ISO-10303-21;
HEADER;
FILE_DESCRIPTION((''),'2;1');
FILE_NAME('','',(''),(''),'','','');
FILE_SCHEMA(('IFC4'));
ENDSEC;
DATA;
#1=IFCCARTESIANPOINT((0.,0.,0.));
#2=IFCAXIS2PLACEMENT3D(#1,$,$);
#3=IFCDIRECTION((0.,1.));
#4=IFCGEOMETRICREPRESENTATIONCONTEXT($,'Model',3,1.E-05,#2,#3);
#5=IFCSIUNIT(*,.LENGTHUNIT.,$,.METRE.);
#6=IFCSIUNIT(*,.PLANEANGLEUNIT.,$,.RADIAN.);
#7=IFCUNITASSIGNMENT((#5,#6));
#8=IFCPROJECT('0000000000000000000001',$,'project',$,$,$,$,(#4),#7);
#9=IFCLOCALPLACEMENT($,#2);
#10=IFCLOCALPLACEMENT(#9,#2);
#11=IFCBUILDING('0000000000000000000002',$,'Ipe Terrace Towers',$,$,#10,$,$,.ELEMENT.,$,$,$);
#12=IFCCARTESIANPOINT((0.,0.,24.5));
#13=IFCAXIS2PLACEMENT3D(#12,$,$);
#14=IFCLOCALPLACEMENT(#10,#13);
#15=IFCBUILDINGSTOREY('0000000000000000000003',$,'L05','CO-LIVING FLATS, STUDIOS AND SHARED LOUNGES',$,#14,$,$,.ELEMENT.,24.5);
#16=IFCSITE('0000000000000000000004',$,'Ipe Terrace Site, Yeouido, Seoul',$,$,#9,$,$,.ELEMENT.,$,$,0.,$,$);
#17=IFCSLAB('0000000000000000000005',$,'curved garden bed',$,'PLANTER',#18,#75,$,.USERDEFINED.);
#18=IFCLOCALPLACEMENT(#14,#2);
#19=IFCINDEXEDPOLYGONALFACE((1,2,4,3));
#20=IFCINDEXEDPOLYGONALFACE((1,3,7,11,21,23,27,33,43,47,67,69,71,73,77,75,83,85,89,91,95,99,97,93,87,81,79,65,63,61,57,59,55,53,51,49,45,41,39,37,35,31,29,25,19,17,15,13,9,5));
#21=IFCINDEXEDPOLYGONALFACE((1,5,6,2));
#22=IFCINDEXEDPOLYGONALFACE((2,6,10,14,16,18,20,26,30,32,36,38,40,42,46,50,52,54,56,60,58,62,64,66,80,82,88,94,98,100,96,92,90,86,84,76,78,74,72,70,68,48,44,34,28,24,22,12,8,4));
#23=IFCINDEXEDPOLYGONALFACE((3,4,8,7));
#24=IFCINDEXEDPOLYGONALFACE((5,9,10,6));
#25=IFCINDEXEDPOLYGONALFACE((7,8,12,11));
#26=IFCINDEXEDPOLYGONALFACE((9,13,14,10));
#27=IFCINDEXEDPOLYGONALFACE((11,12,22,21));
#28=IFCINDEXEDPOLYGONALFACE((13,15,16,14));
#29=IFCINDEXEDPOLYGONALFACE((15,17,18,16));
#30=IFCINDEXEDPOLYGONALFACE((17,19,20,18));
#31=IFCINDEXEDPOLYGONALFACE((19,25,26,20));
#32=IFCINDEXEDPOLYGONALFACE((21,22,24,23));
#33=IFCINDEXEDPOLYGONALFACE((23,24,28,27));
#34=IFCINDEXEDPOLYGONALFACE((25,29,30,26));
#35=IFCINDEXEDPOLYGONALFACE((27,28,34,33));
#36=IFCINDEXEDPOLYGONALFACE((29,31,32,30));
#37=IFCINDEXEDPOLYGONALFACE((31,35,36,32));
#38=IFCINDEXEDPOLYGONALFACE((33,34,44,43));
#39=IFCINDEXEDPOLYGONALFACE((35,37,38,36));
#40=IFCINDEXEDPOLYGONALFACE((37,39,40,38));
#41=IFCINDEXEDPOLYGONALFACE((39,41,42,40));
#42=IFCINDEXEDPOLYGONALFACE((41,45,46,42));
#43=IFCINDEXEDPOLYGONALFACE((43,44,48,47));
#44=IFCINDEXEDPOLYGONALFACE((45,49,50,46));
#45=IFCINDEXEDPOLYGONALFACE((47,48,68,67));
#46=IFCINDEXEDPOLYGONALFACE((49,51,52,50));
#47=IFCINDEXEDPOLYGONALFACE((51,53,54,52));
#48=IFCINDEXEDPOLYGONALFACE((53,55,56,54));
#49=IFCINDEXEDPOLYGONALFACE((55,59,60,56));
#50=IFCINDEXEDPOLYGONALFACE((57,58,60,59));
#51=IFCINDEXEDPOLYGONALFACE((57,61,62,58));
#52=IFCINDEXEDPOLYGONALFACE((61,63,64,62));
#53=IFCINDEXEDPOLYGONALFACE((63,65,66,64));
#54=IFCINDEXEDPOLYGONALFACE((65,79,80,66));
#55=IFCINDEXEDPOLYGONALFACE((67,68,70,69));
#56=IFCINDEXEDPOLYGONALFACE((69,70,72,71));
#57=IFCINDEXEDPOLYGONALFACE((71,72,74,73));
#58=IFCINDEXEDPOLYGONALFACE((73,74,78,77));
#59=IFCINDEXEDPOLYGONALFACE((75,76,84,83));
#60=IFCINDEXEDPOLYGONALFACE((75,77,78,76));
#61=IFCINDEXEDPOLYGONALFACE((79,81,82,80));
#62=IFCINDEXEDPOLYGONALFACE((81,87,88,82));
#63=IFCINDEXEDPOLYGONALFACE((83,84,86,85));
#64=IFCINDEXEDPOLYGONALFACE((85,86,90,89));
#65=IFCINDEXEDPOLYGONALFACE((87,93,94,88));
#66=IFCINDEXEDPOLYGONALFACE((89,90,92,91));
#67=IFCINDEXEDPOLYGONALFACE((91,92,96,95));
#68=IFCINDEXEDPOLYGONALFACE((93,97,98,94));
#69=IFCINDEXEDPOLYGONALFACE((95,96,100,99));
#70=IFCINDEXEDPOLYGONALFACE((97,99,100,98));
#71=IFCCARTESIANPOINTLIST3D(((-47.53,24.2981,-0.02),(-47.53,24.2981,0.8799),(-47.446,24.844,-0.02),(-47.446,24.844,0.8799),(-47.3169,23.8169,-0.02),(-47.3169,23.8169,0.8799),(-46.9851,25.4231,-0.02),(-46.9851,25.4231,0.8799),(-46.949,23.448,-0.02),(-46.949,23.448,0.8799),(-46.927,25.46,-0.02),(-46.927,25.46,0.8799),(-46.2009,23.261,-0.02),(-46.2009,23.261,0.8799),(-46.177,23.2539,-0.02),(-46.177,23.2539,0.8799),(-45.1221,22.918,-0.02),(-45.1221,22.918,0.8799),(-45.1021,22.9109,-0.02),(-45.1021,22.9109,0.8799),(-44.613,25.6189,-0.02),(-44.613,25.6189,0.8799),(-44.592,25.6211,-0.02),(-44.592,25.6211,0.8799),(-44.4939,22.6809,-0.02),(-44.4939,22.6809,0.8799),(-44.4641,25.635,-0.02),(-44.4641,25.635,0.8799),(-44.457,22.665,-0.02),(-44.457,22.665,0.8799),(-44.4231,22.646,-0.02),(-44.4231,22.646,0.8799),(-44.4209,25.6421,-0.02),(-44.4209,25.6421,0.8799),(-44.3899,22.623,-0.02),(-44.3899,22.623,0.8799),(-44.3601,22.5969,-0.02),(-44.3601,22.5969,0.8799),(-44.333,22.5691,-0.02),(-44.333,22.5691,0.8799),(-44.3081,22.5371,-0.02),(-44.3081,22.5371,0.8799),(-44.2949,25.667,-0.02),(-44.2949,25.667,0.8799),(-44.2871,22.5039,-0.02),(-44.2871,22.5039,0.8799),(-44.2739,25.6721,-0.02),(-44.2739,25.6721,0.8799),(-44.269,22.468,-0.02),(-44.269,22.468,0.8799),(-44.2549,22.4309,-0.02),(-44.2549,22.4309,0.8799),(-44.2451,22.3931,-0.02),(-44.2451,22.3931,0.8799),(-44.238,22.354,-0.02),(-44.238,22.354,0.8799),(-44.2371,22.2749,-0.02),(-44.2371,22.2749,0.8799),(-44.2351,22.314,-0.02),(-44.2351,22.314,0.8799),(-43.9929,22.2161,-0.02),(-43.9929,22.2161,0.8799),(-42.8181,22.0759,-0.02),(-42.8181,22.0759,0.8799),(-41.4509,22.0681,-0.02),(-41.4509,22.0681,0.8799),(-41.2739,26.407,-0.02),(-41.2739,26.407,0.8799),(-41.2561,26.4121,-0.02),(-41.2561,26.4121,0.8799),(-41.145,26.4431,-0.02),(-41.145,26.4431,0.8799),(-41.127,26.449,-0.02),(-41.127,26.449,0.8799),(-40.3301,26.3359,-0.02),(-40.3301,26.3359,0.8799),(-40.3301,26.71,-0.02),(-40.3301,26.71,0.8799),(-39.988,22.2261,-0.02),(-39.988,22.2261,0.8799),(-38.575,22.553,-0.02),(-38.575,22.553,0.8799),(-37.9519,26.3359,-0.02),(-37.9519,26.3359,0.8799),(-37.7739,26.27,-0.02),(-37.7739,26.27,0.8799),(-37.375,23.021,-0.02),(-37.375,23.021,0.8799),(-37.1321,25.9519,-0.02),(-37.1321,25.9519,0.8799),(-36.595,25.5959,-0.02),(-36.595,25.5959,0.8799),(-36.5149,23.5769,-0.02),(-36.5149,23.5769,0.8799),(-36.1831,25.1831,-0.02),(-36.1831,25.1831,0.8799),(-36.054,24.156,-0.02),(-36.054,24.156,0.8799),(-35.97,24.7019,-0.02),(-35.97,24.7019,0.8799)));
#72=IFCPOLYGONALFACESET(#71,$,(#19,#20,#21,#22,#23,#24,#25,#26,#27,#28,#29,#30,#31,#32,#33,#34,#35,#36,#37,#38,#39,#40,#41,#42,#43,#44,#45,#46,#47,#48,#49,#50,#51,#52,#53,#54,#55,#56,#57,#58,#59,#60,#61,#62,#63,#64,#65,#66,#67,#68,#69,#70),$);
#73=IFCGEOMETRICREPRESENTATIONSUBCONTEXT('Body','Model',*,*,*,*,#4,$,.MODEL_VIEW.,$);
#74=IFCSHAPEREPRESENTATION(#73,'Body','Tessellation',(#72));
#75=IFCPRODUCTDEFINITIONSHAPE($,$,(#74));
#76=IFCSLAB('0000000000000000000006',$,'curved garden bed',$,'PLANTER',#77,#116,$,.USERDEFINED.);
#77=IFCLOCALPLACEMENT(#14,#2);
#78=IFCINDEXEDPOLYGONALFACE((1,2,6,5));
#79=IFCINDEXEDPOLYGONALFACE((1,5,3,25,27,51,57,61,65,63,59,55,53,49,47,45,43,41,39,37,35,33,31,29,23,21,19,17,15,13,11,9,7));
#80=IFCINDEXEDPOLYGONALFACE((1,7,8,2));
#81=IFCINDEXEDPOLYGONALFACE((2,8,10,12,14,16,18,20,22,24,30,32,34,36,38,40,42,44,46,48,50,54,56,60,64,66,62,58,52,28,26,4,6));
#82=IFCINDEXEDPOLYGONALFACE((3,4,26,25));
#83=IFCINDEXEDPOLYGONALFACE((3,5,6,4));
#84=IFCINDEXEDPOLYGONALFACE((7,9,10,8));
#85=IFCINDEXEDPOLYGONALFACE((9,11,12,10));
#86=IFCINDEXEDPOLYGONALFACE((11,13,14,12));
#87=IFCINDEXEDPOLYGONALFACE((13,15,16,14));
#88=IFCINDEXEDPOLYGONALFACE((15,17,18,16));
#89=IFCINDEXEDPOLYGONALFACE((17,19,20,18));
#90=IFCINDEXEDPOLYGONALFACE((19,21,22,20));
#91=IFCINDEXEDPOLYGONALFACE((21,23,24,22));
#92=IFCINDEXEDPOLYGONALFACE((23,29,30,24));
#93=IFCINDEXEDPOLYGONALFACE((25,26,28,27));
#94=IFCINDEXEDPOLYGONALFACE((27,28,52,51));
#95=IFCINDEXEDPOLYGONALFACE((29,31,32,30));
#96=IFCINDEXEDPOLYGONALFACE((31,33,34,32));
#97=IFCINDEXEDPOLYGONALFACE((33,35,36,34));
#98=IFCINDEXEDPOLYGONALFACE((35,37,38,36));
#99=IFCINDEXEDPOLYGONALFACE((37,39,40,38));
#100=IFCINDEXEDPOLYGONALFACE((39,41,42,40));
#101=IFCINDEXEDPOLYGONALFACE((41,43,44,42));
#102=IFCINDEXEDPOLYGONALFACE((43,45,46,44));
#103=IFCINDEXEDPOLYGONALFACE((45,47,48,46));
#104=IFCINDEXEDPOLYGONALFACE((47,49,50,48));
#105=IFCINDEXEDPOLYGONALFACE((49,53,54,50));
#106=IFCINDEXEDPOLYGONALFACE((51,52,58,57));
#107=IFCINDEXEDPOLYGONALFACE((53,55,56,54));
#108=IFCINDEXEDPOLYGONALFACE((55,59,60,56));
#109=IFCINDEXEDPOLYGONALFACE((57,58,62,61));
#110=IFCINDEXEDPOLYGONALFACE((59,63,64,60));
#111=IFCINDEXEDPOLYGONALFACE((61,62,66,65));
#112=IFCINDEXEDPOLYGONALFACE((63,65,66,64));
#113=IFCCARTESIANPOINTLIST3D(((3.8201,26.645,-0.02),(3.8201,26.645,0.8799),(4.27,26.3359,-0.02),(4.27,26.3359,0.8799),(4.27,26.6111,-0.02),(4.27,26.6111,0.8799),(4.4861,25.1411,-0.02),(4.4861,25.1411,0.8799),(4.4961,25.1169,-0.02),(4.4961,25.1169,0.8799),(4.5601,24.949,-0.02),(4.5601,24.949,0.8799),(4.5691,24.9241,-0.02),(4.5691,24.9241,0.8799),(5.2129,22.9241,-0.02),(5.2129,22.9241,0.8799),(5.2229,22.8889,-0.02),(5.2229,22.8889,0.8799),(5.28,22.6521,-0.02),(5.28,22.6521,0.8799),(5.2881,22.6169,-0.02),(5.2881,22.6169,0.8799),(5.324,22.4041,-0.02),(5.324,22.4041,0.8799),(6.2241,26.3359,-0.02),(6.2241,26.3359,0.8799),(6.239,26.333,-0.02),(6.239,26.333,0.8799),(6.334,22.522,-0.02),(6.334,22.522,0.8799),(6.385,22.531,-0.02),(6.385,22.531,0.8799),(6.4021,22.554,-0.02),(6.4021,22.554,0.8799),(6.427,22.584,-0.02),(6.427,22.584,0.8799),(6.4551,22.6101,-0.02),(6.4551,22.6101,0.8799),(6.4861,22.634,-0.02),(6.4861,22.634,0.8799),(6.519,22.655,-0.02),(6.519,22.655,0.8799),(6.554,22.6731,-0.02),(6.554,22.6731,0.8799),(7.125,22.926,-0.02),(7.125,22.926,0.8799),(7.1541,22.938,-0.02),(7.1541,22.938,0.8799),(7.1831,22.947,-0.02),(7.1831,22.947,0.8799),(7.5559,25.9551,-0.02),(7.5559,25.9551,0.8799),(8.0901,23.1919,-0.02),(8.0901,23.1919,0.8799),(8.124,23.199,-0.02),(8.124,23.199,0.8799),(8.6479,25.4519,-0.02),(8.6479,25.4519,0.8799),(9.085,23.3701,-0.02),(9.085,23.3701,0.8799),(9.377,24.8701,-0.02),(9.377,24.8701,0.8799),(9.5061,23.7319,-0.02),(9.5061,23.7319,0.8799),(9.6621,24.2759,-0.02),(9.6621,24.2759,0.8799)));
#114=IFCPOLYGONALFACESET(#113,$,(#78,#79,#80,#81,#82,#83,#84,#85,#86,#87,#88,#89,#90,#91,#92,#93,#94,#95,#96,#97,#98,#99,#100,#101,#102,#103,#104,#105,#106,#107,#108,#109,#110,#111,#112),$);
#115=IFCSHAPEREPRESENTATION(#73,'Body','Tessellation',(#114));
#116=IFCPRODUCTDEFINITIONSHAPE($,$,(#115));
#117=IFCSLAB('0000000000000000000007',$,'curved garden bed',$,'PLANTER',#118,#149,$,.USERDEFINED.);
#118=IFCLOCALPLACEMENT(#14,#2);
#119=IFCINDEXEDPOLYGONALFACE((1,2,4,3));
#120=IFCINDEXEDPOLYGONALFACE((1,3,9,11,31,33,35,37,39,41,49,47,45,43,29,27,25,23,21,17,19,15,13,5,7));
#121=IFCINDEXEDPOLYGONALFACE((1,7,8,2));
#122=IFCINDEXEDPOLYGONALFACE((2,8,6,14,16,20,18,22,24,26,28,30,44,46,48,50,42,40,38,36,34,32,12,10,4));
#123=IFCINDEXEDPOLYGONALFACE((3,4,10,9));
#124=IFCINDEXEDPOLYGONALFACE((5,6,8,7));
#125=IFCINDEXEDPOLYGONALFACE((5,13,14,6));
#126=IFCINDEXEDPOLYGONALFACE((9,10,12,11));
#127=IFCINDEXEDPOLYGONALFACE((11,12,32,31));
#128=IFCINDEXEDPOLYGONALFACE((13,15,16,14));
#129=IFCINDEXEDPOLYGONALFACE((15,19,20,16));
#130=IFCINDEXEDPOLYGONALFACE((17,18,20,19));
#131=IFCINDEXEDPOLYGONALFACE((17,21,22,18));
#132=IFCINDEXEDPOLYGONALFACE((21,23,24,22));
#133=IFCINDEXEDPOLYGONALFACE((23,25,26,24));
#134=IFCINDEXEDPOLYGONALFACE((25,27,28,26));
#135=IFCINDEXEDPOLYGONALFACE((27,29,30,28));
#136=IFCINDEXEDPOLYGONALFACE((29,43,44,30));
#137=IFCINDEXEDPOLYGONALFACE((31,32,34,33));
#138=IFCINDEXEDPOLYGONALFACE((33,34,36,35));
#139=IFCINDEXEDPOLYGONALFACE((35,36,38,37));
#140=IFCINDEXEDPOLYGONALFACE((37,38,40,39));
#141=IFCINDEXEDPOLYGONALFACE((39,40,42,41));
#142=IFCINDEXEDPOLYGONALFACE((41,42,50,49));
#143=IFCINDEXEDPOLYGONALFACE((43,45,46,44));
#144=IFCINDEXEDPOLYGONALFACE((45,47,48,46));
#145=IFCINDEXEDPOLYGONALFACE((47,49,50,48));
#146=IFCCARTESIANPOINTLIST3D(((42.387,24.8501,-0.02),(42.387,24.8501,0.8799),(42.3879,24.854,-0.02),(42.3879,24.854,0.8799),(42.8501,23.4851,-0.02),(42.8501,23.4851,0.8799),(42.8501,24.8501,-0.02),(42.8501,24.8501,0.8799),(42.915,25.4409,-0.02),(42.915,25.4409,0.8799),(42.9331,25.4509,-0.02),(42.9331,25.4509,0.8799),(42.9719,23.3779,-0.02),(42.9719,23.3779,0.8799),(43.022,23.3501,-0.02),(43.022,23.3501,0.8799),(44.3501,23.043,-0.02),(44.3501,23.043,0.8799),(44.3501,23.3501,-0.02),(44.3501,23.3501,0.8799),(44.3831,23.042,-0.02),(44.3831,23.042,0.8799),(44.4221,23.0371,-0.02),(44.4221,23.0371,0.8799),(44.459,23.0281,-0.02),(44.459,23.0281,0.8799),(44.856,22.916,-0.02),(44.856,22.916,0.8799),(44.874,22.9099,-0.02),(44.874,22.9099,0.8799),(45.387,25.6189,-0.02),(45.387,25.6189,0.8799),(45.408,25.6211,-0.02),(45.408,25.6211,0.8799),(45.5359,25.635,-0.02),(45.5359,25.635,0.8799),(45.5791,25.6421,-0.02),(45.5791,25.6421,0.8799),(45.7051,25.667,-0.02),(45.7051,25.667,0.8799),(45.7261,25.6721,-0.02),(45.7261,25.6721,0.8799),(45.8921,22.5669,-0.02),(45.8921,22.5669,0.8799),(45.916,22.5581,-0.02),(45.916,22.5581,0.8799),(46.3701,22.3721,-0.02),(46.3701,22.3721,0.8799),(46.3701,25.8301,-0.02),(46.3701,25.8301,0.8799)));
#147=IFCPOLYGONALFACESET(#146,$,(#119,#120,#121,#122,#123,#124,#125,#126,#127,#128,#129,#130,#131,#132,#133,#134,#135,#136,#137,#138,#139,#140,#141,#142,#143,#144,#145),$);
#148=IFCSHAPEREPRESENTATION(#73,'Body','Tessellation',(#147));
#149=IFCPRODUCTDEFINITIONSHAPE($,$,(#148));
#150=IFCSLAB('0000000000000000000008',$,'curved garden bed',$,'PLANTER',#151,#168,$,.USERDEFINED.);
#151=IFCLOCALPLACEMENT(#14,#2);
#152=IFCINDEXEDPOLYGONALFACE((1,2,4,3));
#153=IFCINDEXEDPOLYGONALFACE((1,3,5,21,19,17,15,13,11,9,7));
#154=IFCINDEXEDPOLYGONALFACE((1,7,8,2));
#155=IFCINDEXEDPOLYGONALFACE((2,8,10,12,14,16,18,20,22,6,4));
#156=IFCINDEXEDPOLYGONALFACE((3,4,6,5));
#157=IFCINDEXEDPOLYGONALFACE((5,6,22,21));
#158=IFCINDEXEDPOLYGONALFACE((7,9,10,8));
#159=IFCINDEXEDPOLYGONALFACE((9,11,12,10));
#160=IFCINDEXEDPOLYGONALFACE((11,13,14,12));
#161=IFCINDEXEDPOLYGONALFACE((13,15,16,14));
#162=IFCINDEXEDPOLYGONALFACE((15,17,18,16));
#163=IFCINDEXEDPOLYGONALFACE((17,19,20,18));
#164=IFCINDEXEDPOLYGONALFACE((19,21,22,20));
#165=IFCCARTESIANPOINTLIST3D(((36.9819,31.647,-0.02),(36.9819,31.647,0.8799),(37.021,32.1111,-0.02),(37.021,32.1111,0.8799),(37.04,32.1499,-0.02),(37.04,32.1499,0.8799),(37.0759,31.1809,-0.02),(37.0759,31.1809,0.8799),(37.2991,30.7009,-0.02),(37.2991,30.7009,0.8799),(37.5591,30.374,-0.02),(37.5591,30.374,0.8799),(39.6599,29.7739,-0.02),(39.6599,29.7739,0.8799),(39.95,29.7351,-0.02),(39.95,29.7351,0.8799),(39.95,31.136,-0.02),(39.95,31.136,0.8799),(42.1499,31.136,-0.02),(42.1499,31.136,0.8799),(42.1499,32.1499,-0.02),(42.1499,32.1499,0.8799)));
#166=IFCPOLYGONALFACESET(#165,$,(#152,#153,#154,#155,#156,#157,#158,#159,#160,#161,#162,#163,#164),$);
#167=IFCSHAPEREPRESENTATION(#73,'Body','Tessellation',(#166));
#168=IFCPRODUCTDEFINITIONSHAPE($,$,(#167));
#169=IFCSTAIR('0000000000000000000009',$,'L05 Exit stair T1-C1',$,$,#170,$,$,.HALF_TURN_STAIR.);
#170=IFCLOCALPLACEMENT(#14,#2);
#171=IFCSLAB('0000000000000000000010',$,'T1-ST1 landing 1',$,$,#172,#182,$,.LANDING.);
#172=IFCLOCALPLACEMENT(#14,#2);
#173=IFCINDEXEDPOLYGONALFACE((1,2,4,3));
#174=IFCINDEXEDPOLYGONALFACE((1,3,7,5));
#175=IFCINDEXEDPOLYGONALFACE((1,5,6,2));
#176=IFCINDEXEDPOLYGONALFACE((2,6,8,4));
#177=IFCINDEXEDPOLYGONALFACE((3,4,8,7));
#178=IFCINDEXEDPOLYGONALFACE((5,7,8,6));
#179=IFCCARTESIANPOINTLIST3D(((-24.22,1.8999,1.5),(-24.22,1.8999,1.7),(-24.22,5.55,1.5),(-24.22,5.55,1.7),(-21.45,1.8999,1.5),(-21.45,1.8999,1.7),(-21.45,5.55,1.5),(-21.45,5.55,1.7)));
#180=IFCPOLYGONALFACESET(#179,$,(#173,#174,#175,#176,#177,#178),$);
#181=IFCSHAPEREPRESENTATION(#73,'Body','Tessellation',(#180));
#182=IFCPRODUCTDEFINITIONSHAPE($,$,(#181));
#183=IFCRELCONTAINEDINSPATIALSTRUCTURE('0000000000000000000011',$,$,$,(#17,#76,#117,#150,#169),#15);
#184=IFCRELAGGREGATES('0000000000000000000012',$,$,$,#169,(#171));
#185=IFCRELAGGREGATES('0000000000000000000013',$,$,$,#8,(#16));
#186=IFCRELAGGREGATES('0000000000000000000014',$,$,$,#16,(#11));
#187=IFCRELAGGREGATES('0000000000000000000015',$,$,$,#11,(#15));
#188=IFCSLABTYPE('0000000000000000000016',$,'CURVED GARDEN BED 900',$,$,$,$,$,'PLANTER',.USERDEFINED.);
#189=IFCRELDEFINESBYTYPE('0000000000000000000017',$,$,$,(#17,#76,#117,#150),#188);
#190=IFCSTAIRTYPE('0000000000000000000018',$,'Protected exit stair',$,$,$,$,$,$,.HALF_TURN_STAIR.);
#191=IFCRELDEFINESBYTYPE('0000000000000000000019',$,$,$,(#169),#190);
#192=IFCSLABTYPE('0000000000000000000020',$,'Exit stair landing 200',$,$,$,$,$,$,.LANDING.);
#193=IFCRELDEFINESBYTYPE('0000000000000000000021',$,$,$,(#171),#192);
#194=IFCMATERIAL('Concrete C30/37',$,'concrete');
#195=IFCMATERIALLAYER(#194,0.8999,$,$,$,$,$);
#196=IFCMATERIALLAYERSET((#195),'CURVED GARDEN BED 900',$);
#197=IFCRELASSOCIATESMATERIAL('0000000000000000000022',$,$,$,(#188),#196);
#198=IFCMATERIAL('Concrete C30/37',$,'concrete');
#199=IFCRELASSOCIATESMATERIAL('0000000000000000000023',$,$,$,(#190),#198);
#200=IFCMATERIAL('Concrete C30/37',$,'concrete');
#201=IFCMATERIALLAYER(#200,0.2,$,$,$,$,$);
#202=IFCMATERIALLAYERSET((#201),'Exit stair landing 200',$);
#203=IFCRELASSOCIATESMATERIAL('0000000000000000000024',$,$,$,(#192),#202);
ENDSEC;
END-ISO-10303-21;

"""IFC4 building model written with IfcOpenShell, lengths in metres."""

from ifc_helpers import new_model, si_unit, direction, frame, origin, place, context, subcontext, project, spatial, polyline, outline, extrude, material, layer, layer_set, type_object, element, aggregate, save


model = new_model("IFC4")

# Units and contexts
model_context = context("Model", 3, precision=1e-05, world=origin(), true_north=direction((0.0, 1.0)))
body_context = subcontext(model_context, "Body", "Model", "MODEL_VIEW")
ifc_project = project(units=[si_unit("LENGTHUNIT", "METRE"), si_unit("PLANEANGLEUNIT", "RADIAN")], contexts=[model_context])

# Site, building, storey
site_placement = place(None, origin())
site = spatial("IfcSite", under=ifc_project, at=site_placement, Name="Ipe Terrace Site, Yeouido, Seoul", CompositionType="ELEMENT", RefElevation=0.0)
building_placement = place(site_placement, origin())
building = spatial("IfcBuilding", under=site, at=building_placement, Name="Ipe Terrace Towers", CompositionType="ELEMENT")
storey_placement = place(building_placement, frame((0.0, 0.0, 24.5)))
storey = spatial("IfcBuildingStorey", under=building, at=storey_placement, Name="L05", Description="CO-LIVING FLATS, STUDIOS AND SHARED LOUNGES", CompositionType="ELEMENT", Elevation=24.5)

# Slabs
ifc_material_1 = material(Name="Concrete C30/37", Category="concrete")
ifc_layer_1 = layer(ifc_material_1, 0.8999)
ifc_layer_set_1 = layer_set([ifc_layer_1], Name="CURVED GARDEN BED 900")
slab_type_1 = type_object("IfcSlabType", Name="CURVED GARDEN BED 900", ElementType="PLANTER", PredefinedType="USERDEFINED", material=ifc_layer_set_1)
slab_1_placement = place(storey_placement, frame((0.0, 0.0, -0.02)))
element("IfcSlab", 1, at=slab_1_placement, inside=storey, type_object=slab_type_1, Name="curved garden bed", ObjectType="PLANTER", PredefinedType="USERDEFINED", context=body_context, shape_type="SweptSolid", body=[
    extrude(outline(polyline([(-36.595, 25.5959), (-36.1831, 25.1831), (-35.97, 24.7019), (-36.054, 24.156), (-36.5149, 23.5769), (-37.375, 23.021), (-38.575, 22.553), (-39.988, 22.2261), (-41.4509, 22.0681), (-42.8181, 22.0759), (-43.9929, 22.2161), (-44.2371, 22.2749), (-44.2351, 22.314), (-44.238, 22.354), (-44.2451, 22.3931), (-44.2549, 22.4309), (-44.269, 22.468), (-44.2871, 22.5039), (-44.3081, 22.5371), (-44.333, 22.5691), (-44.3601, 22.5969), (-44.3899, 22.623), (-44.4231, 22.646), (-44.457, 22.665), (-44.4939, 22.6809), (-45.1021, 22.9109), (-45.1221, 22.918), (-46.177, 23.2539), (-46.2009, 23.261), (-46.949, 23.448), (-47.3169, 23.8169), (-47.53, 24.2981), (-47.446, 24.844), (-46.9851, 25.4231), (-46.927, 25.46), (-44.613, 25.6189), (-44.592, 25.6211), (-44.4641, 25.635), (-44.4209, 25.6421), (-44.2949, 25.667), (-44.2739, 25.6721), (-41.2739, 26.407), (-41.2561, 26.4121), (-41.145, 26.4431), (-41.127, 26.449), (-40.3301, 26.71), (-40.3301, 26.3359), (-37.9519, 26.3359), (-37.7739, 26.27), (-37.1321, 25.9519), (-36.595, 25.5959)])), origin(), (0.0, 0.0, 1.0), 0.8999),
])
slab_2_placement = place(storey_placement, frame((0.0, 0.0, -0.02)))
element("IfcSlab", 2, at=slab_2_placement, inside=storey, type_object=slab_type_1, Name="curved garden bed", ObjectType="PLANTER", PredefinedType="USERDEFINED", context=body_context, shape_type="SweptSolid", body=[
    extrude(outline(polyline([(8.6479, 25.4519), (9.377, 24.8701), (9.6621, 24.2759), (9.5061, 23.7319), (9.085, 23.3701), (8.124, 23.199), (8.0901, 23.1919), (7.1831, 22.947), (7.1541, 22.938), (7.125, 22.926), (6.554, 22.6731), (6.519, 22.655), (6.4861, 22.634), (6.4551, 22.6101), (6.427, 22.584), (6.4021, 22.554), (6.385, 22.531), (6.334, 22.522), (5.324, 22.4041), (5.2881, 22.6169), (5.28, 22.6521), (5.2229, 22.8889), (5.2129, 22.9241), (4.5691, 24.9241), (4.5601, 24.949), (4.4961, 25.1169), (4.4861, 25.1411), (3.8201, 26.645), (4.27, 26.6111), (4.27, 26.3359), (6.2241, 26.3359), (6.239, 26.333), (7.5559, 25.9551), (8.6479, 25.4519)])), origin(), (0.0, 0.0, 1.0), 0.8999),
])
slab_3_placement = place(storey_placement, frame((0.0, 0.0, -0.02)))
element("IfcSlab", 3, at=slab_3_placement, inside=storey, type_object=slab_type_1, Name="curved garden bed", ObjectType="PLANTER", PredefinedType="USERDEFINED", context=body_context, shape_type="SweptSolid", body=[
    extrude(outline(polyline([(42.9331, 25.4509), (45.387, 25.6189), (45.408, 25.6211), (45.5359, 25.635), (45.5791, 25.6421), (45.7051, 25.667), (45.7261, 25.6721), (46.3701, 25.8301), (46.3701, 22.3721), (45.916, 22.5581), (45.8921, 22.5669), (44.874, 22.9099), (44.856, 22.916), (44.459, 23.0281), (44.4221, 23.0371), (44.3831, 23.042), (44.3501, 23.043), (44.3501, 23.3501), (43.022, 23.3501), (42.9719, 23.3779), (42.8501, 23.4851), (42.8501, 24.8501), (42.387, 24.8501), (42.3879, 24.854), (42.915, 25.4409), (42.9331, 25.4509)])), origin(), (0.0, 0.0, 1.0), 0.8999),
])
slab_4_placement = place(storey_placement, frame((0.0, 0.0, -0.02)))
element("IfcSlab", 4, at=slab_4_placement, inside=storey, type_object=slab_type_1, Name="curved garden bed", ObjectType="PLANTER", PredefinedType="USERDEFINED", context=body_context, shape_type="SweptSolid", body=[
    extrude(outline(polyline([(37.0759, 31.1809), (36.9819, 31.647), (37.021, 32.1111), (37.04, 32.1499), (42.1499, 32.1499), (42.1499, 31.136), (39.95, 31.136), (39.95, 29.7351), (39.6599, 29.7739), (37.5591, 30.374), (37.2991, 30.7009), (37.0759, 31.1809)])), origin(), (0.0, 0.0, 1.0), 0.8999),
])

# Stair, slab
ifc_material_2 = material(Name="Concrete C30/37", Category="concrete")
stair_type = type_object("IfcStairType", Name="Protected exit stair", PredefinedType="HALF_TURN_STAIR", material=ifc_material_2)
stair_1_placement = place(storey_placement, origin())
stair_1 = element("IfcStair", 5, at=stair_1_placement, inside=storey, type_object=stair_type, Name="L05 Exit stair T1-C1", PredefinedType="HALF_TURN_STAIR")
ifc_material_3 = material(Name="Concrete C30/37", Category="concrete")
ifc_layer_2 = layer(ifc_material_3, 0.2)
ifc_layer_set_2 = layer_set([ifc_layer_2], Name="Exit stair landing 200")
slab_type_2 = type_object("IfcSlabType", Name="Exit stair landing 200", PredefinedType="LANDING", material=ifc_layer_set_2)
slab_5_placement = place(storey_placement, frame((0.0, 0.0, 1.5)))
slab_5 = element("IfcSlab", 6, at=slab_5_placement, type_object=slab_type_2, Name="T1-ST1 landing 1", PredefinedType="LANDING", context=body_context, shape_type="SweptSolid", body=[
    extrude(outline(polyline([(-24.22, 1.8999), (-21.45, 1.8999), (-21.45, 5.55), (-24.22, 5.55), (-24.22, 1.8999)])), origin(), (0.0, 0.0, 1.0), 0.2),
])
aggregate(stair_1, [slab_5])

save(model, "model.ifc")
